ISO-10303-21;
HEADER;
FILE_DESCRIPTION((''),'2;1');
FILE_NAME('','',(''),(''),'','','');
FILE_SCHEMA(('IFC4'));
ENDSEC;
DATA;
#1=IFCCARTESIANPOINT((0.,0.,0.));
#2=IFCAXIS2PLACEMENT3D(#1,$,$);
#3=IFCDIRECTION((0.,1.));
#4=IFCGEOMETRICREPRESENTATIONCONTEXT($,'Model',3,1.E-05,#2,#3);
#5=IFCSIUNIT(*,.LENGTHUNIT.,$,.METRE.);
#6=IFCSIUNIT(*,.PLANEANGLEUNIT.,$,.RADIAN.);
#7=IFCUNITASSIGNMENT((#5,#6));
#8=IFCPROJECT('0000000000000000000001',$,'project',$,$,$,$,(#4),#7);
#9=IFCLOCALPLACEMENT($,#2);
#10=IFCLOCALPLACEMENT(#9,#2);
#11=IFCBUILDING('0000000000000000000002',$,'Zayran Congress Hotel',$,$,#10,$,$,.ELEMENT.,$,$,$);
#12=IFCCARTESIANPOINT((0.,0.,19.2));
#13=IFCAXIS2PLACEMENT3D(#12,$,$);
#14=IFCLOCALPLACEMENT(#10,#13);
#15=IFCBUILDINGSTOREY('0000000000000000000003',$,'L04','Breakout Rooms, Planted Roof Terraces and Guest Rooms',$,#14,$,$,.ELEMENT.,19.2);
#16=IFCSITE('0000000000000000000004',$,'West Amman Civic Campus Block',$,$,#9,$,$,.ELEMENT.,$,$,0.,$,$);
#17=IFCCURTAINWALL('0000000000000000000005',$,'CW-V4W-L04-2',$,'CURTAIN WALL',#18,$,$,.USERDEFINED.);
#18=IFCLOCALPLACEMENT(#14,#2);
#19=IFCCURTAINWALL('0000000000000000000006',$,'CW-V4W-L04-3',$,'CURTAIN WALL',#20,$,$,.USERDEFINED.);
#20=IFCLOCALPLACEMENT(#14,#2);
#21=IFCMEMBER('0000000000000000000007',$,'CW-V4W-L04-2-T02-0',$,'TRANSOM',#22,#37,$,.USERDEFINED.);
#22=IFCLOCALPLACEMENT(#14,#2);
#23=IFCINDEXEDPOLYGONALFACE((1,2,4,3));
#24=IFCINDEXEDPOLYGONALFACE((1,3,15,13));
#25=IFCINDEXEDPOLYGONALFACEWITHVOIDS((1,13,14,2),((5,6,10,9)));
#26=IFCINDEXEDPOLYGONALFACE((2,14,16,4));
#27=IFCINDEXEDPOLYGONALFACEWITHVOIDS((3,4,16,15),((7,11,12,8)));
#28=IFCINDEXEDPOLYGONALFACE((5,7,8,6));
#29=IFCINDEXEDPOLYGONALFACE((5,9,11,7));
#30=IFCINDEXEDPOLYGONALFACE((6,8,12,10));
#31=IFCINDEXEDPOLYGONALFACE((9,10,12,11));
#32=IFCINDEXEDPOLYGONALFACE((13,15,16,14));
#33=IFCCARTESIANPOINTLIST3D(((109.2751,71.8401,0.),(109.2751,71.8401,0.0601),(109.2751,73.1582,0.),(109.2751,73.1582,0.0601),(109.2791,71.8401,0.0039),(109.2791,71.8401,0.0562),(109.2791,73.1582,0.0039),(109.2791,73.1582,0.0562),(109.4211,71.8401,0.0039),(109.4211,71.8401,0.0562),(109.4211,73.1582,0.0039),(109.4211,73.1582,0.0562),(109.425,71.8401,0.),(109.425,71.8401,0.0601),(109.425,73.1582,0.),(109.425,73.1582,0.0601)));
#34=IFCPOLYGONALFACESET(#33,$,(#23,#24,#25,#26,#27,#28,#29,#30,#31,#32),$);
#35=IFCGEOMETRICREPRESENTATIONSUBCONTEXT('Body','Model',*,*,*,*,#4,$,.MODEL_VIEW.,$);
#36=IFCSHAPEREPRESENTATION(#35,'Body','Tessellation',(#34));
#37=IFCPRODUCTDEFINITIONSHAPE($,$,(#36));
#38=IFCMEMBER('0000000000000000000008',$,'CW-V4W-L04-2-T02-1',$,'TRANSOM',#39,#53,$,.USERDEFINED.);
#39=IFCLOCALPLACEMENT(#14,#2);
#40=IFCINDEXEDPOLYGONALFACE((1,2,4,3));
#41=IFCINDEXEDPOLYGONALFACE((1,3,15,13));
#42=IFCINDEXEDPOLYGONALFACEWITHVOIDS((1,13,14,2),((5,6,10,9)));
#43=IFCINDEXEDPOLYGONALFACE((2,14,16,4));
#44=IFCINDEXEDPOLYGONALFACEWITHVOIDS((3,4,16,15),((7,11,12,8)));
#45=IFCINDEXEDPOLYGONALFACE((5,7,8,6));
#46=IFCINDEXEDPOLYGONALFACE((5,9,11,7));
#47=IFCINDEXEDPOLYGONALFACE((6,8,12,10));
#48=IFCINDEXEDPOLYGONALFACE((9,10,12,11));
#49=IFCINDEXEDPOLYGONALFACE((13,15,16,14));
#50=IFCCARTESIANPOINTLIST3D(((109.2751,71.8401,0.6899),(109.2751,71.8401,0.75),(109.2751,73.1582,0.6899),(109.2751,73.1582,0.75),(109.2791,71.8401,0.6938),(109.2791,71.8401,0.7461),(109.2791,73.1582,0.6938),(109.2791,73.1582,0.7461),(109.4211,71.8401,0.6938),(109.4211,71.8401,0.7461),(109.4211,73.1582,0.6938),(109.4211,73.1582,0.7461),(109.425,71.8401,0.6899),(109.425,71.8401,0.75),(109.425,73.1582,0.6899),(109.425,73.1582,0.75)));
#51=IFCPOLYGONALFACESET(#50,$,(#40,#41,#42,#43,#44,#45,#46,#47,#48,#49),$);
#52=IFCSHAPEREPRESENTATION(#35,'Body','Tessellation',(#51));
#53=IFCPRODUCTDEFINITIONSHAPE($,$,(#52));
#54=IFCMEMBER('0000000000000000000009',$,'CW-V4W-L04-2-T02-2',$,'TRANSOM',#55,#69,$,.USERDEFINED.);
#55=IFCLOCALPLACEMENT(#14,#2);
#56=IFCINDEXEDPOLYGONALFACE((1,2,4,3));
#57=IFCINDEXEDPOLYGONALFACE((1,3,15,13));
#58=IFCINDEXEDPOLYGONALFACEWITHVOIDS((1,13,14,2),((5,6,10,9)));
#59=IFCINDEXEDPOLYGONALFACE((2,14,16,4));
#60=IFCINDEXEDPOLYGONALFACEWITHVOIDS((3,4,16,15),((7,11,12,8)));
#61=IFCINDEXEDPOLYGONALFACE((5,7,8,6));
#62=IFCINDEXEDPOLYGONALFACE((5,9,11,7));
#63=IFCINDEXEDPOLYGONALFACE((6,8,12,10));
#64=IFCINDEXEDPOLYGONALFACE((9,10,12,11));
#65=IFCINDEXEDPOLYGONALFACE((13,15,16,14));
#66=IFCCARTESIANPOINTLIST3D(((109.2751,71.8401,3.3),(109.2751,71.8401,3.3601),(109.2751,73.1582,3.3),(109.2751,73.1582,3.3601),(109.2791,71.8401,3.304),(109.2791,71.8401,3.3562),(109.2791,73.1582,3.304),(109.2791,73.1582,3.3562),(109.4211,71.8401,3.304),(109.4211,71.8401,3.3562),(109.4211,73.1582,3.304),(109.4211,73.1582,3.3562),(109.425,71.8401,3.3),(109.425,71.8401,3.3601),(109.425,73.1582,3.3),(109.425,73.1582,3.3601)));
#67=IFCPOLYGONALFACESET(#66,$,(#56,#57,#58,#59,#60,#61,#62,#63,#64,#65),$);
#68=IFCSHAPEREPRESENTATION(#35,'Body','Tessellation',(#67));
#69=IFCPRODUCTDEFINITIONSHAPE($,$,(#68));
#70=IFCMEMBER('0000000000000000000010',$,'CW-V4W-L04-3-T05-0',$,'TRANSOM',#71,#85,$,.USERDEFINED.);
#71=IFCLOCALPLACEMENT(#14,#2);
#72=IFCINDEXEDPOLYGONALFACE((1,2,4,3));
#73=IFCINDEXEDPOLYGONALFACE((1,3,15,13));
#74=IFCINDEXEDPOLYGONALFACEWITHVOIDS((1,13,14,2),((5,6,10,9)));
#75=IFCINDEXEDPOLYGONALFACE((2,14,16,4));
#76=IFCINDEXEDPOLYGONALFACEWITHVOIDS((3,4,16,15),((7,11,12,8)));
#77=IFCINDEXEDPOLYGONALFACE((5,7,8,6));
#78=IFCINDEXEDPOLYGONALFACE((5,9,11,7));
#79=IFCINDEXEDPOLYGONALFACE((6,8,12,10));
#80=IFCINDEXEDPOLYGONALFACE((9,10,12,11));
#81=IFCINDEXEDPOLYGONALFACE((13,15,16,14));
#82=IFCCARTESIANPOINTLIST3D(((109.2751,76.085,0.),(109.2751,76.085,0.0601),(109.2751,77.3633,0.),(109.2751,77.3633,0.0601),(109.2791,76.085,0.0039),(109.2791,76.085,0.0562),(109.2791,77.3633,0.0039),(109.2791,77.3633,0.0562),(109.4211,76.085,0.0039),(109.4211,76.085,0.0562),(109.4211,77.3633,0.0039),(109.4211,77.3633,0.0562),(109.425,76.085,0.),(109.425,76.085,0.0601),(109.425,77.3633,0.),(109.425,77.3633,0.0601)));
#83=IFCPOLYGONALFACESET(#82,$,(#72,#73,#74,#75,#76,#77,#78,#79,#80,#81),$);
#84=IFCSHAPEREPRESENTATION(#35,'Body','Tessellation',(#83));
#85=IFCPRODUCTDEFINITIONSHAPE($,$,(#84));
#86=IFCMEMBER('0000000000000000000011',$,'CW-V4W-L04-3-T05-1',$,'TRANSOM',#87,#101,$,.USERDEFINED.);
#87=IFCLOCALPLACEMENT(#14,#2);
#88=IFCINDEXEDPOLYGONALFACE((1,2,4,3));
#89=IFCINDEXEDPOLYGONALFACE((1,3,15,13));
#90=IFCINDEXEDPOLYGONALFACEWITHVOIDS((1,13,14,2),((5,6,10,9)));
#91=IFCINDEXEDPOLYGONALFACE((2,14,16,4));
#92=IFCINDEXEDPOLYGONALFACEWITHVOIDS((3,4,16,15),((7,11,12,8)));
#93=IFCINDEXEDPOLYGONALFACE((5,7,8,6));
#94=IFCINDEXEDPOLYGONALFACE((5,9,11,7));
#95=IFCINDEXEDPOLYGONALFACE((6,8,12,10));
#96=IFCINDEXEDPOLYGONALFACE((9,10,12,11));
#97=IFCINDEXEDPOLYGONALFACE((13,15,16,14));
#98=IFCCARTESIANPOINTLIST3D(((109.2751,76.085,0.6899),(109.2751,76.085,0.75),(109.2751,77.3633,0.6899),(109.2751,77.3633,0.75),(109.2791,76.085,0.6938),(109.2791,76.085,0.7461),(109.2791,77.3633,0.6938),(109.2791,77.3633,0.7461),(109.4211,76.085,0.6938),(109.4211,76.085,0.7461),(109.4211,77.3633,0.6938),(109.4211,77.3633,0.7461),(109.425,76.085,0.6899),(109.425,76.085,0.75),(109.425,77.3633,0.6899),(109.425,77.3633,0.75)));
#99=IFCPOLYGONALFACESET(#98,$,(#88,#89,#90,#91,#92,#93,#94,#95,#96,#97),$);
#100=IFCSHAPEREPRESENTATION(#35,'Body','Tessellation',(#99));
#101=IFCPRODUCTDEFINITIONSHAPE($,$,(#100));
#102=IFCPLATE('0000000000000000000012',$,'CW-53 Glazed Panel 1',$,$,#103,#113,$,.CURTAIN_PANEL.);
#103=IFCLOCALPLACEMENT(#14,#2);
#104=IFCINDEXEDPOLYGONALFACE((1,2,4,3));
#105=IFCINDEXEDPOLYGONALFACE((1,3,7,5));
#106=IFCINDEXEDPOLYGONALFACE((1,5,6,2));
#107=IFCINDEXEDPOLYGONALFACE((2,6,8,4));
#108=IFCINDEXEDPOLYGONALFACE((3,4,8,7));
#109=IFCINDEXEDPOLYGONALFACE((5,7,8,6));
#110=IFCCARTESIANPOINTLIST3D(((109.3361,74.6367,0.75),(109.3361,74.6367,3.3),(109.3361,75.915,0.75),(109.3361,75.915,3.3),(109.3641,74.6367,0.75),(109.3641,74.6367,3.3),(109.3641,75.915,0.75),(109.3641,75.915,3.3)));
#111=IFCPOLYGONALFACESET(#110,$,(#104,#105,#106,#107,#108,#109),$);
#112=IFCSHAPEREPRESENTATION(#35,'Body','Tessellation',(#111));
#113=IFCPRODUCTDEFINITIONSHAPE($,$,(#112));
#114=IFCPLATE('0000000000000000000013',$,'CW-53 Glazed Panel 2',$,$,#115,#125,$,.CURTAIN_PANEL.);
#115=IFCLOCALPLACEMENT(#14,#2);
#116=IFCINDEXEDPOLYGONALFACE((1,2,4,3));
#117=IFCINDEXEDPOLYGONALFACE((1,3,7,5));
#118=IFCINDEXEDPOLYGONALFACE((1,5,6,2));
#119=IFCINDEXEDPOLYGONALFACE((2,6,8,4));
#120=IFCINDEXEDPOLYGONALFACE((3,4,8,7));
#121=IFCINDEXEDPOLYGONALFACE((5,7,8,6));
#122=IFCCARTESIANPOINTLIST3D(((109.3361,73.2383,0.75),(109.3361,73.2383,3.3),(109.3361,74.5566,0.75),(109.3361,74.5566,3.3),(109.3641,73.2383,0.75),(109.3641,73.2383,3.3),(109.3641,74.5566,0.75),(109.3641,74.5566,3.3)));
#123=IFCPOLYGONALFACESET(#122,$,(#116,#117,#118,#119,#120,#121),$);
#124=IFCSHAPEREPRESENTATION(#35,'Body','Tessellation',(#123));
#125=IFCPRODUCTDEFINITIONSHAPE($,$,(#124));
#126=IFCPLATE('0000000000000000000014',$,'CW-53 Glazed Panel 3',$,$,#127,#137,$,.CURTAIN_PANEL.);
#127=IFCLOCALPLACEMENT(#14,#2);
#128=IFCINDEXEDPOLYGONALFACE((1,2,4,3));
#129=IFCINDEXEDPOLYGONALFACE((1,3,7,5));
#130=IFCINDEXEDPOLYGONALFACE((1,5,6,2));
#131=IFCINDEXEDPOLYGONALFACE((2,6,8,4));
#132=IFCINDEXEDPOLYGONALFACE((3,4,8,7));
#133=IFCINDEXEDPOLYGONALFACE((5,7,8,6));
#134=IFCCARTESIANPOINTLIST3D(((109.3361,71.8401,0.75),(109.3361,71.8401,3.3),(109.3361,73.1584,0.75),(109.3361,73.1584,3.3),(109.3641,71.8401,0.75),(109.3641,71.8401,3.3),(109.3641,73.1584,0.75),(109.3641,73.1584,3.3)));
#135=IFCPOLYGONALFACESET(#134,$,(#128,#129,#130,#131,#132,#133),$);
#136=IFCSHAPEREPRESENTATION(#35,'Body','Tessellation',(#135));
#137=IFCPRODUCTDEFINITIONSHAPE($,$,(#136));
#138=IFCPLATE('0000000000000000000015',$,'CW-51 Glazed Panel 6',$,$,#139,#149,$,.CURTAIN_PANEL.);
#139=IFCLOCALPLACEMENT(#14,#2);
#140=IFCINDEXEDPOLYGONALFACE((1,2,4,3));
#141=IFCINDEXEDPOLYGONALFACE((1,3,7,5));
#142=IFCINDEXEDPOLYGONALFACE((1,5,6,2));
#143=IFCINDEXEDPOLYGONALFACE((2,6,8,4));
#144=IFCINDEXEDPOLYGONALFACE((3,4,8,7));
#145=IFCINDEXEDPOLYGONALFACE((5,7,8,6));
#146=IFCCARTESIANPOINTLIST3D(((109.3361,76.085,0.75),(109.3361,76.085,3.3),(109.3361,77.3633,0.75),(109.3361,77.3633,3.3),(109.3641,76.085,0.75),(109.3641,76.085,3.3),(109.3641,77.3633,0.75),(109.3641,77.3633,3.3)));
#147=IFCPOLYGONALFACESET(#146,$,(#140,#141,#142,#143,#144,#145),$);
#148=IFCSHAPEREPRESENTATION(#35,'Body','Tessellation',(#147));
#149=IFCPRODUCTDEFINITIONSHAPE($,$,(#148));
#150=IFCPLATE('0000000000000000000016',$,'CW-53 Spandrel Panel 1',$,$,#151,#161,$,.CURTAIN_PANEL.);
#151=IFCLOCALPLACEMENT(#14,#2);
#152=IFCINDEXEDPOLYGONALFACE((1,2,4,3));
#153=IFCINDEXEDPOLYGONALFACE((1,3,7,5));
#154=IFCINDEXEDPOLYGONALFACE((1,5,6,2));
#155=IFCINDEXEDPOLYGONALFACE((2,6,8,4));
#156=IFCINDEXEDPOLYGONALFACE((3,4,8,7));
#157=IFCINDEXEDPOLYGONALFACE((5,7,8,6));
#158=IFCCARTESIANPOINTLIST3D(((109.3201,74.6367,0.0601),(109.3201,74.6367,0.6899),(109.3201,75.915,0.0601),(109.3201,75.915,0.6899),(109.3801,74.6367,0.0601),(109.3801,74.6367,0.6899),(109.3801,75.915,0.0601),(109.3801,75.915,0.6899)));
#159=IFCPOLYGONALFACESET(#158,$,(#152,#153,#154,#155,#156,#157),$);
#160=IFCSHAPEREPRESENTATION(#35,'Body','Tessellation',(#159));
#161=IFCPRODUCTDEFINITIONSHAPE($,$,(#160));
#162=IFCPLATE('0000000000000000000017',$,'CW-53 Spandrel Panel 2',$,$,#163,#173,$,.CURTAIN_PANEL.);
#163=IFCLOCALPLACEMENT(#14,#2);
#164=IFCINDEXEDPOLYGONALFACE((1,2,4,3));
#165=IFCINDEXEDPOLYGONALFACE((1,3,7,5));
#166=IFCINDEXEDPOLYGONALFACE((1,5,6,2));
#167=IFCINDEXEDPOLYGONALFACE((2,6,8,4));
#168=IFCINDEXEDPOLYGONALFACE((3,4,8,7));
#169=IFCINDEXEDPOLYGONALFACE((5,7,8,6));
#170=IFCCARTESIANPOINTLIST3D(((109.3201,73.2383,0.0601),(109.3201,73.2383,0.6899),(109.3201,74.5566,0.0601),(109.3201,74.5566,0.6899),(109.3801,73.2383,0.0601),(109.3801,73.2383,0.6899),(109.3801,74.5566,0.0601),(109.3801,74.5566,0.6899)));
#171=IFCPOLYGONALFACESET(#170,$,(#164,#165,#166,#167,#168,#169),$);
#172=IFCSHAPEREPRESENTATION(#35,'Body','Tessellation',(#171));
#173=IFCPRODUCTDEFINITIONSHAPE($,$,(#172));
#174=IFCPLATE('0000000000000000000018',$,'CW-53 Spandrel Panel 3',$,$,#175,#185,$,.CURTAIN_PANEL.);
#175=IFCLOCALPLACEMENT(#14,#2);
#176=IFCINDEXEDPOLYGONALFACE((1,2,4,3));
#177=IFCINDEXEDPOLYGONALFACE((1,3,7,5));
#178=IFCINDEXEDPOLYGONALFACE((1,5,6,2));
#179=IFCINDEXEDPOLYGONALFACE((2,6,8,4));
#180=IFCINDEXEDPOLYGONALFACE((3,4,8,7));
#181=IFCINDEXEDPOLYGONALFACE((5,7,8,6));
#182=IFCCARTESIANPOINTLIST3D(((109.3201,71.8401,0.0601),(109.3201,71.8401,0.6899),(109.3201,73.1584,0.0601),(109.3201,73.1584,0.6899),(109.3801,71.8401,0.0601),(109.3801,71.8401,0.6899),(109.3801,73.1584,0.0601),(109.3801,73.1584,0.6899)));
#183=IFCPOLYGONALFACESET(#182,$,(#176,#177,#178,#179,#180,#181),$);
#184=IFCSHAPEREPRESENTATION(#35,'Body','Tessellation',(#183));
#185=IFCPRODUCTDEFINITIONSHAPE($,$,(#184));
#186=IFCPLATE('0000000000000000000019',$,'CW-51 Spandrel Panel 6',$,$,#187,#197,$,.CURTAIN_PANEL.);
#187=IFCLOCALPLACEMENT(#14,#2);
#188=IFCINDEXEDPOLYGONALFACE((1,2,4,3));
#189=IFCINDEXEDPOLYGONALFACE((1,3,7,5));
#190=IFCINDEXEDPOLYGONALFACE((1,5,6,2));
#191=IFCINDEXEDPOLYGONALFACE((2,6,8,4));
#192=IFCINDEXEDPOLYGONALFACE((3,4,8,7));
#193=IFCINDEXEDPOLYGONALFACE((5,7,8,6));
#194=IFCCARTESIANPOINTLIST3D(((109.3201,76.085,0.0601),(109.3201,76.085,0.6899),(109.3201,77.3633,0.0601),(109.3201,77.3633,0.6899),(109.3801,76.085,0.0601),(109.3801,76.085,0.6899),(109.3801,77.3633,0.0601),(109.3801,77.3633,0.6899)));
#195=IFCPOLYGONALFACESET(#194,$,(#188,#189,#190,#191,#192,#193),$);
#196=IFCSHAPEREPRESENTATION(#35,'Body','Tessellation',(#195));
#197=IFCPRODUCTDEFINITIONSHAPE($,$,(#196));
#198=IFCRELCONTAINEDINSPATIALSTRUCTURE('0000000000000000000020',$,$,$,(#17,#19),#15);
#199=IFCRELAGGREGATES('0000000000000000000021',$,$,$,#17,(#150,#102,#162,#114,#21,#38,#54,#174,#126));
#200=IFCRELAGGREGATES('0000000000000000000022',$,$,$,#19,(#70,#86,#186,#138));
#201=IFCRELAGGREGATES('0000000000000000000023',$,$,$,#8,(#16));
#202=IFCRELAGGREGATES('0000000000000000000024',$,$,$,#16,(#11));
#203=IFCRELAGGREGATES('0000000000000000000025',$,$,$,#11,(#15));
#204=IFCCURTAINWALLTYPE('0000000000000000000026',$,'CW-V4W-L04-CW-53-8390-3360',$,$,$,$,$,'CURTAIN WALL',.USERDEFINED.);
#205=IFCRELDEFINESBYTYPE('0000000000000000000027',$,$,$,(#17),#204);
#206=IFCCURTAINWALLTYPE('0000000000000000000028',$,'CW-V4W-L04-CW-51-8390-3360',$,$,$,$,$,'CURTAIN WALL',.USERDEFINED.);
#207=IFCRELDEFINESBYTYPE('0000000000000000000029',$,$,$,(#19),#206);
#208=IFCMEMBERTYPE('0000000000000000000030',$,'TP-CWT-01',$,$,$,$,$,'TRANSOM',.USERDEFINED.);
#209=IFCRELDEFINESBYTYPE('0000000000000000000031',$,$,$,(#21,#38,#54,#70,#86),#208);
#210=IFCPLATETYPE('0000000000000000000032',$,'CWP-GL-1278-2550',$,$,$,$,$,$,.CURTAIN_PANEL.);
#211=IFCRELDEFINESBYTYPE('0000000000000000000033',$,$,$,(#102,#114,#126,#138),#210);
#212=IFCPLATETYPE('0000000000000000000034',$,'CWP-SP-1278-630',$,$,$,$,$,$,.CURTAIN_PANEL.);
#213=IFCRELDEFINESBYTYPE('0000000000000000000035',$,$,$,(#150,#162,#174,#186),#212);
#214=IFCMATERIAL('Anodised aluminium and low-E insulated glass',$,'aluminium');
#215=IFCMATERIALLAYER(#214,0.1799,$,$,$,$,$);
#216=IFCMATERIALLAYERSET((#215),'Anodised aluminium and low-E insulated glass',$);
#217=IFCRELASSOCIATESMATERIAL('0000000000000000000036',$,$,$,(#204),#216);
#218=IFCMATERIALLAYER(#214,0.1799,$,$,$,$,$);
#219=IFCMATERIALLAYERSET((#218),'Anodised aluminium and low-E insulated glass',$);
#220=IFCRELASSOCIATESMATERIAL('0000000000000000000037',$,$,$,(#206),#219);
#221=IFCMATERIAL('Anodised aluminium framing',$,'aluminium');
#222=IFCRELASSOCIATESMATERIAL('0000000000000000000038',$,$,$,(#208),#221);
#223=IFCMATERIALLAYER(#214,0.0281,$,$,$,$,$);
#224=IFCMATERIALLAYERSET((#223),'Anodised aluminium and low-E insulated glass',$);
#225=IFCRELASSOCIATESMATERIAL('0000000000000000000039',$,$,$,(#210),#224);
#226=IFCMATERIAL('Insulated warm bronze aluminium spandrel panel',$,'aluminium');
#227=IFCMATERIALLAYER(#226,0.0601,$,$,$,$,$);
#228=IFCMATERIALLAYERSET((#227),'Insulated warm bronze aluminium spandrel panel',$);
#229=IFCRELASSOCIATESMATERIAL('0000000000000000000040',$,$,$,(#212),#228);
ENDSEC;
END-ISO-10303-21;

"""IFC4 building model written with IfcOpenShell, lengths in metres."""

from ifc_helpers import new_model, si_unit, direction, frame, origin, origin_2d, place, context, subcontext, project, spatial, rectangle, hollow_rectangle, extrude, material, layer, layer_set, material_profile, profile_set, type_object, element, aggregate, save


model = new_model("IFC4")

# Units and contexts
model_context = context("Model", 3, precision=1e-05, world=origin(), true_north=direction((0.0, 1.0)))
body_context = subcontext(model_context, "Body", "Model", "MODEL_VIEW")
ifc_project = project(units=[si_unit("LENGTHUNIT", "METRE"), si_unit("PLANEANGLEUNIT", "RADIAN")], contexts=[model_context])

# Site, building, storey
site_placement = place(None, origin())
site = spatial("IfcSite", under=ifc_project, at=site_placement, Name="West Amman Civic Campus Block", CompositionType="ELEMENT", RefElevation=0.0)
building_placement = place(site_placement, origin())
building = spatial("IfcBuilding", under=site, at=building_placement, Name="Zayran Congress Hotel", CompositionType="ELEMENT")
storey_placement = place(building_placement, frame((0.0, 0.0, 19.2)))
storey = spatial("IfcBuildingStorey", under=building, at=storey_placement, Name="L04", Description="Breakout Rooms, Planted Roof Terraces and Guest Rooms", CompositionType="ELEMENT", Elevation=19.2)

# Curtain wall
ifc_material_1 = material(Name="Anodised aluminium and low-E insulated glass", Category="aluminium")
ifc_layer_1 = layer(ifc_material_1, 0.1799)
ifc_layer_set_1 = layer_set([ifc_layer_1], Name="Anodised aluminium and low-E insulated glass")
curtain_wall_type_1 = type_object("IfcCurtainWallType", Name="CW-V4W-L04-CW-53-8390-3360", ElementType="CURTAIN WALL", PredefinedType="USERDEFINED", material=ifc_layer_set_1)
curtain_wall_1_placement = place(storey_placement, origin())
curtain_wall_1 = element("IfcCurtainWall", 1, at=curtain_wall_1_placement, inside=storey, type_object=curtain_wall_type_1, Name="CW-V4W-L04-2", ObjectType="CURTAIN WALL", PredefinedType="USERDEFINED")
ifc_material_2 = material(Name="Anodised aluminium framing", Category="aluminium")

# Curtain wall
ifc_layer_2 = layer(ifc_material_1, 0.1799)
ifc_layer_set_2 = layer_set([ifc_layer_2], Name="Anodised aluminium and low-E insulated glass")
curtain_wall_type_2 = type_object("IfcCurtainWallType", Name="CW-V4W-L04-CW-51-8390-3360", ElementType="CURTAIN WALL", PredefinedType="USERDEFINED", material=ifc_layer_set_2)
curtain_wall_2_placement = place(storey_placement, origin())
curtain_wall_2 = element("IfcCurtainWall", 2, at=curtain_wall_2_placement, inside=storey, type_object=curtain_wall_type_2, Name="CW-V4W-L04-3", ObjectType="CURTAIN WALL", PredefinedType="USERDEFINED")

# Members
ifc_material_profile_1 = material_profile(ifc_material_2, hollow_rectangle(XDim=0.0601, YDim=0.1499, WallThickness=0.0039, at=origin_2d()), Name="RHS 150x60x4")
ifc_profile_set_1 = profile_set([ifc_material_profile_1], Name="Anodised aluminium framing")
member_type_1 = type_object("IfcMemberType", Name="TP-CWT-01", ElementType="TRANSOM", PredefinedType="USERDEFINED", material=ifc_profile_set_1)
member_1_placement = place(storey_placement, frame((109.3501, 73.1582, 0.03), z_axis=(0.0, -1.0, 0.0), x_axis=(0.0, 0.0, 1.0)))
member_1 = element("IfcMember", 3, at=member_1_placement, type_object=member_type_1, Name="CW-V4W-L04-2-T02-0", ObjectType="TRANSOM", PredefinedType="USERDEFINED", context=body_context, shape_type="SweptSolid", body=[
    extrude(hollow_rectangle(XDim=0.0601, YDim=0.1499, WallThickness=0.0039, at=origin_2d()), origin(), (0.0, 0.0, 1.0), 1.3181),
])
member_2_placement = place(storey_placement, frame((109.3501, 73.1582, 0.72), z_axis=(0.0, -1.0, 0.0), x_axis=(0.0, 0.0, 1.0)))
member_2 = element("IfcMember", 4, at=member_2_placement, type_object=member_type_1, Name="CW-V4W-L04-2-T02-1", ObjectType="TRANSOM", PredefinedType="USERDEFINED", context=body_context, shape_type="SweptSolid", body=[
    extrude(hollow_rectangle(XDim=0.0601, YDim=0.1499, WallThickness=0.0039, at=origin_2d()), origin(), (0.0, 0.0, 1.0), 1.3181),
])
member_3_placement = place(storey_placement, frame((109.3501, 73.1582, 3.3301), z_axis=(0.0, -1.0, 0.0), x_axis=(0.0, 0.0, 1.0)))
member_3 = element("IfcMember", 5, at=member_3_placement, type_object=member_type_1, Name="CW-V4W-L04-2-T02-2", ObjectType="TRANSOM", PredefinedType="USERDEFINED", context=body_context, shape_type="SweptSolid", body=[
    extrude(hollow_rectangle(XDim=0.0601, YDim=0.1499, WallThickness=0.0039, at=origin_2d()), origin(), (0.0, 0.0, 1.0), 1.3181),
])
member_4_placement = place(storey_placement, frame((109.3501, 77.3633, 0.03), z_axis=(0.0, -1.0, 0.0), x_axis=(0.0, 0.0, 1.0)))
member_4 = element("IfcMember", 6, at=member_4_placement, type_object=member_type_1, Name="CW-V4W-L04-3-T05-0", ObjectType="TRANSOM", PredefinedType="USERDEFINED", context=body_context, shape_type="SweptSolid", body=[
    extrude(hollow_rectangle(XDim=0.0601, YDim=0.1499, WallThickness=0.0039, at=origin_2d()), origin(), (0.0, 0.0, 1.0), 1.2783),
])
member_5_placement = place(storey_placement, frame((109.3501, 77.3633, 0.72), z_axis=(0.0, -1.0, 0.0), x_axis=(0.0, 0.0, 1.0)))
member_5 = element("IfcMember", 7, at=member_5_placement, type_object=member_type_1, Name="CW-V4W-L04-3-T05-1", ObjectType="TRANSOM", PredefinedType="USERDEFINED", context=body_context, shape_type="SweptSolid", body=[
    extrude(hollow_rectangle(XDim=0.0601, YDim=0.1499, WallThickness=0.0039, at=origin_2d()), origin(), (0.0, 0.0, 1.0), 1.2783),
])

# Plates
ifc_layer_3 = layer(ifc_material_1, 0.0281)
ifc_layer_set_3 = layer_set([ifc_layer_3], Name="Anodised aluminium and low-E insulated glass")
plate_type_1 = type_object("IfcPlateType", Name="CWP-GL-1278-2550", PredefinedType="CURTAIN_PANEL", material=ifc_layer_set_3)
plate_1_placement = place(storey_placement, frame((109.3501, 75.2759, 0.75), z_axis=(0.0, 0.0, 1.0), x_axis=(0.0, 1.0, 0.0)))
plate_1 = element("IfcPlate", 8, at=plate_1_placement, type_object=plate_type_1, Name="CW-53 Glazed Panel 1", PredefinedType="CURTAIN_PANEL", context=body_context, shape_type="SweptSolid", body=[
    extrude(rectangle(XDim=1.2783, YDim=0.0281, at=origin_2d()), origin(), (0.0, 0.0, 1.0), 2.55),
])
plate_2_placement = place(storey_placement, frame((109.3501, 73.8975, 0.75), z_axis=(0.0, 0.0, 1.0), x_axis=(0.0, 1.0, 0.0)))
plate_2 = element("IfcPlate", 9, at=plate_2_placement, type_object=plate_type_1, Name="CW-53 Glazed Panel 2", PredefinedType="CURTAIN_PANEL", context=body_context, shape_type="SweptSolid", body=[
    extrude(rectangle(XDim=1.3184, YDim=0.0281, at=origin_2d()), origin(), (0.0, 0.0, 1.0), 2.55),
])
plate_3_placement = place(storey_placement, frame((109.3501, 72.4993, 0.75), z_axis=(0.0, 0.0, 1.0), x_axis=(0.0, 1.0, 0.0)))
plate_3 = element("IfcPlate", 10, at=plate_3_placement, type_object=plate_type_1, Name="CW-53 Glazed Panel 3", PredefinedType="CURTAIN_PANEL", context=body_context, shape_type="SweptSolid", body=[
    extrude(rectangle(XDim=1.3184, YDim=0.0281, at=origin_2d()), origin(), (0.0, 0.0, 1.0), 2.55),
])
plate_4_placement = place(storey_placement, frame((109.3501, 76.7241, 0.75), z_axis=(0.0, 0.0, 1.0), x_axis=(0.0, 1.0, 0.0)))
plate_4 = element("IfcPlate", 11, at=plate_4_placement, type_object=plate_type_1, Name="CW-51 Glazed Panel 6", PredefinedType="CURTAIN_PANEL", context=body_context, shape_type="SweptSolid", body=[
    extrude(rectangle(XDim=1.2783, YDim=0.0281, at=origin_2d()), origin(), (0.0, 0.0, 1.0), 2.55),
])
ifc_material_3 = material(Name="Insulated warm bronze aluminium spandrel panel", Category="aluminium")
ifc_layer_4 = layer(ifc_material_3, 0.0601)
ifc_layer_set_4 = layer_set([ifc_layer_4], Name="Insulated warm bronze aluminium spandrel panel")
plate_type_2 = type_object("IfcPlateType", Name="CWP-SP-1278-630", PredefinedType="CURTAIN_PANEL", material=ifc_layer_set_4)
plate_5_placement = place(storey_placement, frame((109.3501, 75.2759, 0.0601), z_axis=(0.0, 0.0, 1.0), x_axis=(0.0, 1.0, 0.0)))
plate_5 = element("IfcPlate", 12, at=plate_5_placement, type_object=plate_type_2, Name="CW-53 Spandrel Panel 1", PredefinedType="CURTAIN_PANEL", context=body_context, shape_type="SweptSolid", body=[
    extrude(rectangle(XDim=1.2783, YDim=0.0601, at=origin_2d()), origin(), (0.0, 0.0, 1.0), 0.6299),
])
plate_6_placement = place(storey_placement, frame((109.3501, 73.8975, 0.0601), z_axis=(0.0, 0.0, 1.0), x_axis=(0.0, 1.0, 0.0)))
plate_6 = element("IfcPlate", 13, at=plate_6_placement, type_object=plate_type_2, Name="CW-53 Spandrel Panel 2", PredefinedType="CURTAIN_PANEL", context=body_context, shape_type="SweptSolid", body=[
    extrude(rectangle(XDim=1.3184, YDim=0.0601, at=origin_2d()), origin(), (0.0, 0.0, 1.0), 0.6299),
])
plate_7_placement = place(storey_placement, frame((109.3501, 72.4993, 0.0601), z_axis=(0.0, 0.0, 1.0), x_axis=(0.0, 1.0, 0.0)))
plate_7 = element("IfcPlate", 14, at=plate_7_placement, type_object=plate_type_2, Name="CW-53 Spandrel Panel 3", PredefinedType="CURTAIN_PANEL", context=body_context, shape_type="SweptSolid", body=[
    extrude(rectangle(XDim=1.3184, YDim=0.0601, at=origin_2d()), origin(), (0.0, 0.0, 1.0), 0.6299),
])
aggregate(curtain_wall_1, [plate_5, plate_1, plate_6, plate_2, member_1, member_2, member_3, plate_7, plate_3])
plate_8_placement = place(storey_placement, frame((109.3501, 76.7241, 0.0601), z_axis=(0.0, 0.0, 1.0), x_axis=(0.0, 1.0, 0.0)))
plate_8 = element("IfcPlate", 15, at=plate_8_placement, type_object=plate_type_2, Name="CW-51 Spandrel Panel 6", PredefinedType="CURTAIN_PANEL", context=body_context, shape_type="SweptSolid", body=[
    extrude(rectangle(XDim=1.2783, YDim=0.0601, at=origin_2d()), origin(), (0.0, 0.0, 1.0), 0.6299),
])
aggregate(curtain_wall_2, [member_4, member_5, plate_8, plate_4])

save(model, "model.ifc")
